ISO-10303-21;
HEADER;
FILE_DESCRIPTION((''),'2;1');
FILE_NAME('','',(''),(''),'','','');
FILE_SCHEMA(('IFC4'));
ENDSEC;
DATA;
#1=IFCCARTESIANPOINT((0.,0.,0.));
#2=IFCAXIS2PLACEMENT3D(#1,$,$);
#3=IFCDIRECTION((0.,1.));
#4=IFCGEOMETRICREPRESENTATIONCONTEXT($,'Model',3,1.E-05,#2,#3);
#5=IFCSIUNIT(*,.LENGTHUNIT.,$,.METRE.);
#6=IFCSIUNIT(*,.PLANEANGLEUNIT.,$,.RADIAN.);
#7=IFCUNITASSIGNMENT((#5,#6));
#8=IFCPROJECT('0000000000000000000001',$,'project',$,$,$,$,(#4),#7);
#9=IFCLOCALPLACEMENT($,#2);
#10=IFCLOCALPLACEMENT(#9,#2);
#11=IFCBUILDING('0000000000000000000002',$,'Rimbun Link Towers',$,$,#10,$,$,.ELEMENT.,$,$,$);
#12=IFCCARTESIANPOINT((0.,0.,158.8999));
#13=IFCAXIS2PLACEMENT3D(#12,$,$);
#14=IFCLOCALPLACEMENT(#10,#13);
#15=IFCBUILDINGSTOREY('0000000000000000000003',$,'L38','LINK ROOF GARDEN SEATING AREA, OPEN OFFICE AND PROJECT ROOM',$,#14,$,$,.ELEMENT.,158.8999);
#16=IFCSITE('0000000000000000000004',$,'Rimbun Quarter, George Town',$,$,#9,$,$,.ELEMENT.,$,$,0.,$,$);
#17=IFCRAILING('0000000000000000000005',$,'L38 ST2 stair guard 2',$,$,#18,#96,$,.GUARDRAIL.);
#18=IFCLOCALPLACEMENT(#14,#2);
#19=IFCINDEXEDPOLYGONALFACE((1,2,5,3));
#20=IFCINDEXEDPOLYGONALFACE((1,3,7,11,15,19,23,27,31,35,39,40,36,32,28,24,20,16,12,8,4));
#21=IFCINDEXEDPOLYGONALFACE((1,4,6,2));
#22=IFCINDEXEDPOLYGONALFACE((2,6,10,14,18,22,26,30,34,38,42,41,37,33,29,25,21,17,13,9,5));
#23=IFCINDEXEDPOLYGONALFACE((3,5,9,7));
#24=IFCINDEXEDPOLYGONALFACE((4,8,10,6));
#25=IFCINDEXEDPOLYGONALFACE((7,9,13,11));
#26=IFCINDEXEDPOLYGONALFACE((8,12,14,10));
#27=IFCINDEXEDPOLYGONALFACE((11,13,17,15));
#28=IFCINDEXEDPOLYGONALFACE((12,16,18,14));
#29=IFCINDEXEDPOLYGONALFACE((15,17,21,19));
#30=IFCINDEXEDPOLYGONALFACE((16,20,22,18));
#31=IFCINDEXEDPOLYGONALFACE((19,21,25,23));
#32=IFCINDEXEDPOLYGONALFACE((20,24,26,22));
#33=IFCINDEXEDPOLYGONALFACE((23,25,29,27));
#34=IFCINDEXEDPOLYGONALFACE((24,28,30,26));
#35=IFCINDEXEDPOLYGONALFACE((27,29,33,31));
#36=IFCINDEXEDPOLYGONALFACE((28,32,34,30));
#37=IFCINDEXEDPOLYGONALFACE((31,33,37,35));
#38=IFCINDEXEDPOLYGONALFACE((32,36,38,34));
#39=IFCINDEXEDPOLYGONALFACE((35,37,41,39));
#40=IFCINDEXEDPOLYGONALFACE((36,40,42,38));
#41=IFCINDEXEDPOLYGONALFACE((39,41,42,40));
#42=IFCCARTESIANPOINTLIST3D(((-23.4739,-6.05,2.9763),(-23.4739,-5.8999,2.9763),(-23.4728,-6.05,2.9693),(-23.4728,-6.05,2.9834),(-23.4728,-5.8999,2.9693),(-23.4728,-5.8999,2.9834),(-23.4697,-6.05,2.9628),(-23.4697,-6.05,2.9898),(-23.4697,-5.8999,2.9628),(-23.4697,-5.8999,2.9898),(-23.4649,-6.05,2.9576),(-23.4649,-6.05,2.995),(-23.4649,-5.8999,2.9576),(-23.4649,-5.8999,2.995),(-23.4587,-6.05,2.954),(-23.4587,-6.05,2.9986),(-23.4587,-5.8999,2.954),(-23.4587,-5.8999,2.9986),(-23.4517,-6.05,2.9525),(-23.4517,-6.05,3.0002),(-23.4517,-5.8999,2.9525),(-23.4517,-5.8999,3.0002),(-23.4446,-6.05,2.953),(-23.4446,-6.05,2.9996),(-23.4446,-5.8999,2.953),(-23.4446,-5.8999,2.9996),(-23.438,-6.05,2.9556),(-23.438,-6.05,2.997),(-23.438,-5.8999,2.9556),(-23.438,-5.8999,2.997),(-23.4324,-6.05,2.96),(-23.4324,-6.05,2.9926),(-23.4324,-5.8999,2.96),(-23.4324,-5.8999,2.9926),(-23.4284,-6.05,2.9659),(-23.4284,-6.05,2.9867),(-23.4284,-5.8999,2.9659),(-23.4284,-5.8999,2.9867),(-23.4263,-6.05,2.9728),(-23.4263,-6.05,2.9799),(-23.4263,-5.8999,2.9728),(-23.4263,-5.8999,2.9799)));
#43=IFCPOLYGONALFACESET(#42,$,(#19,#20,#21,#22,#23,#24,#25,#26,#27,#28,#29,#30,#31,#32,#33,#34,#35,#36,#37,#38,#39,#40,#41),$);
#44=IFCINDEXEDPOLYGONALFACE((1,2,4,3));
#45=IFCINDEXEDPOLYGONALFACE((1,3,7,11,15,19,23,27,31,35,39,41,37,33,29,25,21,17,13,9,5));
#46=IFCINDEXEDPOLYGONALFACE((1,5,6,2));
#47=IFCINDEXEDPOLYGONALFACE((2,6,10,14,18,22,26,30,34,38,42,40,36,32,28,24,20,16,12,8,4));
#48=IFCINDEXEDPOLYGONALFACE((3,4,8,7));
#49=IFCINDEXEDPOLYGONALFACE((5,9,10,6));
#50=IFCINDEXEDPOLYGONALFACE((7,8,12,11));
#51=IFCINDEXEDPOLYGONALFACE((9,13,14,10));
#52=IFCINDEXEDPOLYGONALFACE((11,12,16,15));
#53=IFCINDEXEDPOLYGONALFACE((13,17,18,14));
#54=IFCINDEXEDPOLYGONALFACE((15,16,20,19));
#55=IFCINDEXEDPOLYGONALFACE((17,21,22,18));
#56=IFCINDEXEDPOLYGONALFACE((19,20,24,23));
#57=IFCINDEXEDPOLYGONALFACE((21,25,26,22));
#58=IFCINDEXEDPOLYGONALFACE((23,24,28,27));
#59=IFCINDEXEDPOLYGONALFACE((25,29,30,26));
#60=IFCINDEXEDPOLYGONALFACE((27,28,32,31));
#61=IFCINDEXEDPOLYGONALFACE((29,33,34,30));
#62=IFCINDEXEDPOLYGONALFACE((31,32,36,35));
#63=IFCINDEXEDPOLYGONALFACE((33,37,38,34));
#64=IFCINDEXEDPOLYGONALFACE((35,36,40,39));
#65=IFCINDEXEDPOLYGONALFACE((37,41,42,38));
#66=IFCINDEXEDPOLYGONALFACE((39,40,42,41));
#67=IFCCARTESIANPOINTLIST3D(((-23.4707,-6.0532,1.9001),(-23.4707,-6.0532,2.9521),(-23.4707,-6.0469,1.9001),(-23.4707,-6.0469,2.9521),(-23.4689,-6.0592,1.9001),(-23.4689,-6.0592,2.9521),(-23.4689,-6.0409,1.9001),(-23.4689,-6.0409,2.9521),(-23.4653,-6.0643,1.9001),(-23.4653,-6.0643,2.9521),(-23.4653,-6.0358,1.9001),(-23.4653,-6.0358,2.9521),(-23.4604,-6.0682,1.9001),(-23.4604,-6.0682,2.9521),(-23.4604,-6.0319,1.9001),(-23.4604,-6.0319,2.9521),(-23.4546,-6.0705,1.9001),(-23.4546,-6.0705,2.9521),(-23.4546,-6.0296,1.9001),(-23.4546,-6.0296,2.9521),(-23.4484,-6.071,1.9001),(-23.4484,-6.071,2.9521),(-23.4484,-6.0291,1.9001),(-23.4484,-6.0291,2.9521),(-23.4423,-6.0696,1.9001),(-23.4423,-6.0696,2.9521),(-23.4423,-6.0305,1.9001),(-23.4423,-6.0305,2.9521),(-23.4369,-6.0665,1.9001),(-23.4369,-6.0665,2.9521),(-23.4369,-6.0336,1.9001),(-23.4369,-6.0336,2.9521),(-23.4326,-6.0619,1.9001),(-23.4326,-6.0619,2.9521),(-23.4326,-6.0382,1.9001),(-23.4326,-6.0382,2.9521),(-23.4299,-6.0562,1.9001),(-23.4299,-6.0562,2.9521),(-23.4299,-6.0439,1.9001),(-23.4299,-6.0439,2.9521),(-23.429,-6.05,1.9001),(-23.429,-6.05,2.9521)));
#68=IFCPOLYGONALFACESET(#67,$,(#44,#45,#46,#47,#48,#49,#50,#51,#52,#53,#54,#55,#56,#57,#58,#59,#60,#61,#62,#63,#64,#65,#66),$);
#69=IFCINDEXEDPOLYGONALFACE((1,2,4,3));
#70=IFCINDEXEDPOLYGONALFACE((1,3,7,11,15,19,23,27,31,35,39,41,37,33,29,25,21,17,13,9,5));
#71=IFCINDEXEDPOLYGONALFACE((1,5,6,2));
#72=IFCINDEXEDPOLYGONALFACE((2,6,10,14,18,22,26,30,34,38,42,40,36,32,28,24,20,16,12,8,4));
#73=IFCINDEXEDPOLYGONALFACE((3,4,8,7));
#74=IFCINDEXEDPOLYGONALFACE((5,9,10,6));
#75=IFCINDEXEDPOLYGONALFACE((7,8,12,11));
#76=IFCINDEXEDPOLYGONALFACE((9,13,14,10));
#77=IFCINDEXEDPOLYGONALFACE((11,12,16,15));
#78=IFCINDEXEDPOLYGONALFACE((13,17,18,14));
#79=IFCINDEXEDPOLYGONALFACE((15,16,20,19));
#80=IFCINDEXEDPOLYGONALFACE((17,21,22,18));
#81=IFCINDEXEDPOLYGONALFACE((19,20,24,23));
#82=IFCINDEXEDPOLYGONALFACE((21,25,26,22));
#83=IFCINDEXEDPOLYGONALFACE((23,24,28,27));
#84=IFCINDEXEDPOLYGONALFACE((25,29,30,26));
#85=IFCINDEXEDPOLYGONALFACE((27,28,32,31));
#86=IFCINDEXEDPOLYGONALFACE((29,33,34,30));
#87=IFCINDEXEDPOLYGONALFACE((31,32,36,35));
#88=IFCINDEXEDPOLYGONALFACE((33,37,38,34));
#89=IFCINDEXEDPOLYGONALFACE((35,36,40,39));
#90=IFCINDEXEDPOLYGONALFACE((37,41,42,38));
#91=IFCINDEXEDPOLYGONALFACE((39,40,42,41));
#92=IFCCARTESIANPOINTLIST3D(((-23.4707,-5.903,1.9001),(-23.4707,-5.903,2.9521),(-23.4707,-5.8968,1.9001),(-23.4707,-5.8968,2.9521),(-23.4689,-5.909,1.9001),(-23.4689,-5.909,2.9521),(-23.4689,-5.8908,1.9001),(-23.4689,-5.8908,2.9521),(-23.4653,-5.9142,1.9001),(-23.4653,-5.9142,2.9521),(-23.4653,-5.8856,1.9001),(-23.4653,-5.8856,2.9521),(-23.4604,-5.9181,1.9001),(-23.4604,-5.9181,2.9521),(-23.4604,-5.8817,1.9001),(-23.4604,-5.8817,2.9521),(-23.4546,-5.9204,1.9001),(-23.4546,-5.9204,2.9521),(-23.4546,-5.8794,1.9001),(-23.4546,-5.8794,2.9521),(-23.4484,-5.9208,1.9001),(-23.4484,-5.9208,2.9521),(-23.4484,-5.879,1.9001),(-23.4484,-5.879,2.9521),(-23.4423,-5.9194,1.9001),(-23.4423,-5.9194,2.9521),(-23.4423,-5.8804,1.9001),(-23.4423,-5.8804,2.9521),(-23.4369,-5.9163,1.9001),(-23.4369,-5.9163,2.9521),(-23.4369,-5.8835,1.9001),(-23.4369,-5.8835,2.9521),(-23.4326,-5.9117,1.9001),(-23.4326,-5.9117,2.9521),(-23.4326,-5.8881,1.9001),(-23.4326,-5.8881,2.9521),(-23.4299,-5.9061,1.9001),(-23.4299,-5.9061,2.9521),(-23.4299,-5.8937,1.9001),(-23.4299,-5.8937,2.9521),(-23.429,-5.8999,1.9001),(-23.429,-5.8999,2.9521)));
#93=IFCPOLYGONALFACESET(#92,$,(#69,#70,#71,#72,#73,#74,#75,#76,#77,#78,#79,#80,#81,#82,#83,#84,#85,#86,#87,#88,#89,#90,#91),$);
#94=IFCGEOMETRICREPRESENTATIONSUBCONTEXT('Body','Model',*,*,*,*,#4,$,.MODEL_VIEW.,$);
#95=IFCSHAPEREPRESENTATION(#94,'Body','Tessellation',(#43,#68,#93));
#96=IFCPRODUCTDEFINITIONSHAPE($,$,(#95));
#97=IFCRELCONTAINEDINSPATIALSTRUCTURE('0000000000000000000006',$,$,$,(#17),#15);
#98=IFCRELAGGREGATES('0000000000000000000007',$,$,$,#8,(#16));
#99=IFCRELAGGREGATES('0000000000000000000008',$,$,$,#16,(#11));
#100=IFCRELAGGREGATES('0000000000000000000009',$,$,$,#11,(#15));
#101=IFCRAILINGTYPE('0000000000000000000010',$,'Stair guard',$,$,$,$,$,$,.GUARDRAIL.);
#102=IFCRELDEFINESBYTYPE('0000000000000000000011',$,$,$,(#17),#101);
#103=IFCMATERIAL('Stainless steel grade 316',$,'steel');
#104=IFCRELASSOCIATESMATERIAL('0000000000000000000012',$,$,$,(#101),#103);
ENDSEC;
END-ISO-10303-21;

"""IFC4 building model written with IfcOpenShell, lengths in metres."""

from ifc_helpers import new_model, si_unit, direction, frame, origin, origin_2d, place, context, subcontext, project, spatial, circle, extrude, material, type_object, element, save


model = new_model("IFC4")

# Units and contexts
model_context = context("Model", 3, precision=1e-05, world=origin(), true_north=direction((0.0, 1.0)))
body_context = subcontext(model_context, "Body", "Model", "MODEL_VIEW")
ifc_project = project(units=[si_unit("LENGTHUNIT", "METRE"), si_unit("PLANEANGLEUNIT", "RADIAN")], contexts=[model_context])

# Site, building, storey
site_placement = place(None, origin())
site = spatial("IfcSite", under=ifc_project, at=site_placement, Name="Rimbun Quarter, George Town", CompositionType="ELEMENT", RefElevation=0.0)
building_placement = place(site_placement, origin())
building = spatial("IfcBuilding", under=site, at=building_placement, Name="Rimbun Link Towers", CompositionType="ELEMENT")
storey_placement = place(building_placement, frame((0.0, 0.0, 158.8999)))
storey = spatial("IfcBuildingStorey", under=building, at=storey_placement, Name="L38", Description="LINK ROOF GARDEN SEATING AREA, OPEN OFFICE AND PROJECT ROOM", CompositionType="ELEMENT", Elevation=158.8999)

# Railing
ifc_material_1 = material(Name="Stainless steel grade 316", Category="steel")
railing_type_1 = type_object("IfcRailingType", Name="Stair guard", PredefinedType="GUARDRAIL", material=ifc_material_1)
railing_1_placement = place(storey_placement, frame((-23.45, -6.05, 1.9001)))
element("IfcRailing", 1, at=railing_1_placement, inside=storey, type_object=railing_type_1, Name="L38 ST2 stair guard 2", PredefinedType="GUARDRAIL", context=body_context, shape_type="SweptSolid", body=[
    extrude(circle(Radius=0.0239, at=origin_2d()), frame((0.0, 0.0, 1.0762), z_axis=(0.0, 1.0, 0.0), x_axis=(-1.0, 0.0, 0.0)), (0.0, 0.0, 1.0), 0.1501),
    extrude(circle(Radius=0.021, at=origin_2d()), origin(), (0.0, 0.0, 1.0), 1.052),
    extrude(circle(Radius=0.021, at=origin_2d()), frame((0.0, 0.1501, 0.0)), (0.0, 0.0, 1.0), 1.052),
])

save(model, "model.ifc")
